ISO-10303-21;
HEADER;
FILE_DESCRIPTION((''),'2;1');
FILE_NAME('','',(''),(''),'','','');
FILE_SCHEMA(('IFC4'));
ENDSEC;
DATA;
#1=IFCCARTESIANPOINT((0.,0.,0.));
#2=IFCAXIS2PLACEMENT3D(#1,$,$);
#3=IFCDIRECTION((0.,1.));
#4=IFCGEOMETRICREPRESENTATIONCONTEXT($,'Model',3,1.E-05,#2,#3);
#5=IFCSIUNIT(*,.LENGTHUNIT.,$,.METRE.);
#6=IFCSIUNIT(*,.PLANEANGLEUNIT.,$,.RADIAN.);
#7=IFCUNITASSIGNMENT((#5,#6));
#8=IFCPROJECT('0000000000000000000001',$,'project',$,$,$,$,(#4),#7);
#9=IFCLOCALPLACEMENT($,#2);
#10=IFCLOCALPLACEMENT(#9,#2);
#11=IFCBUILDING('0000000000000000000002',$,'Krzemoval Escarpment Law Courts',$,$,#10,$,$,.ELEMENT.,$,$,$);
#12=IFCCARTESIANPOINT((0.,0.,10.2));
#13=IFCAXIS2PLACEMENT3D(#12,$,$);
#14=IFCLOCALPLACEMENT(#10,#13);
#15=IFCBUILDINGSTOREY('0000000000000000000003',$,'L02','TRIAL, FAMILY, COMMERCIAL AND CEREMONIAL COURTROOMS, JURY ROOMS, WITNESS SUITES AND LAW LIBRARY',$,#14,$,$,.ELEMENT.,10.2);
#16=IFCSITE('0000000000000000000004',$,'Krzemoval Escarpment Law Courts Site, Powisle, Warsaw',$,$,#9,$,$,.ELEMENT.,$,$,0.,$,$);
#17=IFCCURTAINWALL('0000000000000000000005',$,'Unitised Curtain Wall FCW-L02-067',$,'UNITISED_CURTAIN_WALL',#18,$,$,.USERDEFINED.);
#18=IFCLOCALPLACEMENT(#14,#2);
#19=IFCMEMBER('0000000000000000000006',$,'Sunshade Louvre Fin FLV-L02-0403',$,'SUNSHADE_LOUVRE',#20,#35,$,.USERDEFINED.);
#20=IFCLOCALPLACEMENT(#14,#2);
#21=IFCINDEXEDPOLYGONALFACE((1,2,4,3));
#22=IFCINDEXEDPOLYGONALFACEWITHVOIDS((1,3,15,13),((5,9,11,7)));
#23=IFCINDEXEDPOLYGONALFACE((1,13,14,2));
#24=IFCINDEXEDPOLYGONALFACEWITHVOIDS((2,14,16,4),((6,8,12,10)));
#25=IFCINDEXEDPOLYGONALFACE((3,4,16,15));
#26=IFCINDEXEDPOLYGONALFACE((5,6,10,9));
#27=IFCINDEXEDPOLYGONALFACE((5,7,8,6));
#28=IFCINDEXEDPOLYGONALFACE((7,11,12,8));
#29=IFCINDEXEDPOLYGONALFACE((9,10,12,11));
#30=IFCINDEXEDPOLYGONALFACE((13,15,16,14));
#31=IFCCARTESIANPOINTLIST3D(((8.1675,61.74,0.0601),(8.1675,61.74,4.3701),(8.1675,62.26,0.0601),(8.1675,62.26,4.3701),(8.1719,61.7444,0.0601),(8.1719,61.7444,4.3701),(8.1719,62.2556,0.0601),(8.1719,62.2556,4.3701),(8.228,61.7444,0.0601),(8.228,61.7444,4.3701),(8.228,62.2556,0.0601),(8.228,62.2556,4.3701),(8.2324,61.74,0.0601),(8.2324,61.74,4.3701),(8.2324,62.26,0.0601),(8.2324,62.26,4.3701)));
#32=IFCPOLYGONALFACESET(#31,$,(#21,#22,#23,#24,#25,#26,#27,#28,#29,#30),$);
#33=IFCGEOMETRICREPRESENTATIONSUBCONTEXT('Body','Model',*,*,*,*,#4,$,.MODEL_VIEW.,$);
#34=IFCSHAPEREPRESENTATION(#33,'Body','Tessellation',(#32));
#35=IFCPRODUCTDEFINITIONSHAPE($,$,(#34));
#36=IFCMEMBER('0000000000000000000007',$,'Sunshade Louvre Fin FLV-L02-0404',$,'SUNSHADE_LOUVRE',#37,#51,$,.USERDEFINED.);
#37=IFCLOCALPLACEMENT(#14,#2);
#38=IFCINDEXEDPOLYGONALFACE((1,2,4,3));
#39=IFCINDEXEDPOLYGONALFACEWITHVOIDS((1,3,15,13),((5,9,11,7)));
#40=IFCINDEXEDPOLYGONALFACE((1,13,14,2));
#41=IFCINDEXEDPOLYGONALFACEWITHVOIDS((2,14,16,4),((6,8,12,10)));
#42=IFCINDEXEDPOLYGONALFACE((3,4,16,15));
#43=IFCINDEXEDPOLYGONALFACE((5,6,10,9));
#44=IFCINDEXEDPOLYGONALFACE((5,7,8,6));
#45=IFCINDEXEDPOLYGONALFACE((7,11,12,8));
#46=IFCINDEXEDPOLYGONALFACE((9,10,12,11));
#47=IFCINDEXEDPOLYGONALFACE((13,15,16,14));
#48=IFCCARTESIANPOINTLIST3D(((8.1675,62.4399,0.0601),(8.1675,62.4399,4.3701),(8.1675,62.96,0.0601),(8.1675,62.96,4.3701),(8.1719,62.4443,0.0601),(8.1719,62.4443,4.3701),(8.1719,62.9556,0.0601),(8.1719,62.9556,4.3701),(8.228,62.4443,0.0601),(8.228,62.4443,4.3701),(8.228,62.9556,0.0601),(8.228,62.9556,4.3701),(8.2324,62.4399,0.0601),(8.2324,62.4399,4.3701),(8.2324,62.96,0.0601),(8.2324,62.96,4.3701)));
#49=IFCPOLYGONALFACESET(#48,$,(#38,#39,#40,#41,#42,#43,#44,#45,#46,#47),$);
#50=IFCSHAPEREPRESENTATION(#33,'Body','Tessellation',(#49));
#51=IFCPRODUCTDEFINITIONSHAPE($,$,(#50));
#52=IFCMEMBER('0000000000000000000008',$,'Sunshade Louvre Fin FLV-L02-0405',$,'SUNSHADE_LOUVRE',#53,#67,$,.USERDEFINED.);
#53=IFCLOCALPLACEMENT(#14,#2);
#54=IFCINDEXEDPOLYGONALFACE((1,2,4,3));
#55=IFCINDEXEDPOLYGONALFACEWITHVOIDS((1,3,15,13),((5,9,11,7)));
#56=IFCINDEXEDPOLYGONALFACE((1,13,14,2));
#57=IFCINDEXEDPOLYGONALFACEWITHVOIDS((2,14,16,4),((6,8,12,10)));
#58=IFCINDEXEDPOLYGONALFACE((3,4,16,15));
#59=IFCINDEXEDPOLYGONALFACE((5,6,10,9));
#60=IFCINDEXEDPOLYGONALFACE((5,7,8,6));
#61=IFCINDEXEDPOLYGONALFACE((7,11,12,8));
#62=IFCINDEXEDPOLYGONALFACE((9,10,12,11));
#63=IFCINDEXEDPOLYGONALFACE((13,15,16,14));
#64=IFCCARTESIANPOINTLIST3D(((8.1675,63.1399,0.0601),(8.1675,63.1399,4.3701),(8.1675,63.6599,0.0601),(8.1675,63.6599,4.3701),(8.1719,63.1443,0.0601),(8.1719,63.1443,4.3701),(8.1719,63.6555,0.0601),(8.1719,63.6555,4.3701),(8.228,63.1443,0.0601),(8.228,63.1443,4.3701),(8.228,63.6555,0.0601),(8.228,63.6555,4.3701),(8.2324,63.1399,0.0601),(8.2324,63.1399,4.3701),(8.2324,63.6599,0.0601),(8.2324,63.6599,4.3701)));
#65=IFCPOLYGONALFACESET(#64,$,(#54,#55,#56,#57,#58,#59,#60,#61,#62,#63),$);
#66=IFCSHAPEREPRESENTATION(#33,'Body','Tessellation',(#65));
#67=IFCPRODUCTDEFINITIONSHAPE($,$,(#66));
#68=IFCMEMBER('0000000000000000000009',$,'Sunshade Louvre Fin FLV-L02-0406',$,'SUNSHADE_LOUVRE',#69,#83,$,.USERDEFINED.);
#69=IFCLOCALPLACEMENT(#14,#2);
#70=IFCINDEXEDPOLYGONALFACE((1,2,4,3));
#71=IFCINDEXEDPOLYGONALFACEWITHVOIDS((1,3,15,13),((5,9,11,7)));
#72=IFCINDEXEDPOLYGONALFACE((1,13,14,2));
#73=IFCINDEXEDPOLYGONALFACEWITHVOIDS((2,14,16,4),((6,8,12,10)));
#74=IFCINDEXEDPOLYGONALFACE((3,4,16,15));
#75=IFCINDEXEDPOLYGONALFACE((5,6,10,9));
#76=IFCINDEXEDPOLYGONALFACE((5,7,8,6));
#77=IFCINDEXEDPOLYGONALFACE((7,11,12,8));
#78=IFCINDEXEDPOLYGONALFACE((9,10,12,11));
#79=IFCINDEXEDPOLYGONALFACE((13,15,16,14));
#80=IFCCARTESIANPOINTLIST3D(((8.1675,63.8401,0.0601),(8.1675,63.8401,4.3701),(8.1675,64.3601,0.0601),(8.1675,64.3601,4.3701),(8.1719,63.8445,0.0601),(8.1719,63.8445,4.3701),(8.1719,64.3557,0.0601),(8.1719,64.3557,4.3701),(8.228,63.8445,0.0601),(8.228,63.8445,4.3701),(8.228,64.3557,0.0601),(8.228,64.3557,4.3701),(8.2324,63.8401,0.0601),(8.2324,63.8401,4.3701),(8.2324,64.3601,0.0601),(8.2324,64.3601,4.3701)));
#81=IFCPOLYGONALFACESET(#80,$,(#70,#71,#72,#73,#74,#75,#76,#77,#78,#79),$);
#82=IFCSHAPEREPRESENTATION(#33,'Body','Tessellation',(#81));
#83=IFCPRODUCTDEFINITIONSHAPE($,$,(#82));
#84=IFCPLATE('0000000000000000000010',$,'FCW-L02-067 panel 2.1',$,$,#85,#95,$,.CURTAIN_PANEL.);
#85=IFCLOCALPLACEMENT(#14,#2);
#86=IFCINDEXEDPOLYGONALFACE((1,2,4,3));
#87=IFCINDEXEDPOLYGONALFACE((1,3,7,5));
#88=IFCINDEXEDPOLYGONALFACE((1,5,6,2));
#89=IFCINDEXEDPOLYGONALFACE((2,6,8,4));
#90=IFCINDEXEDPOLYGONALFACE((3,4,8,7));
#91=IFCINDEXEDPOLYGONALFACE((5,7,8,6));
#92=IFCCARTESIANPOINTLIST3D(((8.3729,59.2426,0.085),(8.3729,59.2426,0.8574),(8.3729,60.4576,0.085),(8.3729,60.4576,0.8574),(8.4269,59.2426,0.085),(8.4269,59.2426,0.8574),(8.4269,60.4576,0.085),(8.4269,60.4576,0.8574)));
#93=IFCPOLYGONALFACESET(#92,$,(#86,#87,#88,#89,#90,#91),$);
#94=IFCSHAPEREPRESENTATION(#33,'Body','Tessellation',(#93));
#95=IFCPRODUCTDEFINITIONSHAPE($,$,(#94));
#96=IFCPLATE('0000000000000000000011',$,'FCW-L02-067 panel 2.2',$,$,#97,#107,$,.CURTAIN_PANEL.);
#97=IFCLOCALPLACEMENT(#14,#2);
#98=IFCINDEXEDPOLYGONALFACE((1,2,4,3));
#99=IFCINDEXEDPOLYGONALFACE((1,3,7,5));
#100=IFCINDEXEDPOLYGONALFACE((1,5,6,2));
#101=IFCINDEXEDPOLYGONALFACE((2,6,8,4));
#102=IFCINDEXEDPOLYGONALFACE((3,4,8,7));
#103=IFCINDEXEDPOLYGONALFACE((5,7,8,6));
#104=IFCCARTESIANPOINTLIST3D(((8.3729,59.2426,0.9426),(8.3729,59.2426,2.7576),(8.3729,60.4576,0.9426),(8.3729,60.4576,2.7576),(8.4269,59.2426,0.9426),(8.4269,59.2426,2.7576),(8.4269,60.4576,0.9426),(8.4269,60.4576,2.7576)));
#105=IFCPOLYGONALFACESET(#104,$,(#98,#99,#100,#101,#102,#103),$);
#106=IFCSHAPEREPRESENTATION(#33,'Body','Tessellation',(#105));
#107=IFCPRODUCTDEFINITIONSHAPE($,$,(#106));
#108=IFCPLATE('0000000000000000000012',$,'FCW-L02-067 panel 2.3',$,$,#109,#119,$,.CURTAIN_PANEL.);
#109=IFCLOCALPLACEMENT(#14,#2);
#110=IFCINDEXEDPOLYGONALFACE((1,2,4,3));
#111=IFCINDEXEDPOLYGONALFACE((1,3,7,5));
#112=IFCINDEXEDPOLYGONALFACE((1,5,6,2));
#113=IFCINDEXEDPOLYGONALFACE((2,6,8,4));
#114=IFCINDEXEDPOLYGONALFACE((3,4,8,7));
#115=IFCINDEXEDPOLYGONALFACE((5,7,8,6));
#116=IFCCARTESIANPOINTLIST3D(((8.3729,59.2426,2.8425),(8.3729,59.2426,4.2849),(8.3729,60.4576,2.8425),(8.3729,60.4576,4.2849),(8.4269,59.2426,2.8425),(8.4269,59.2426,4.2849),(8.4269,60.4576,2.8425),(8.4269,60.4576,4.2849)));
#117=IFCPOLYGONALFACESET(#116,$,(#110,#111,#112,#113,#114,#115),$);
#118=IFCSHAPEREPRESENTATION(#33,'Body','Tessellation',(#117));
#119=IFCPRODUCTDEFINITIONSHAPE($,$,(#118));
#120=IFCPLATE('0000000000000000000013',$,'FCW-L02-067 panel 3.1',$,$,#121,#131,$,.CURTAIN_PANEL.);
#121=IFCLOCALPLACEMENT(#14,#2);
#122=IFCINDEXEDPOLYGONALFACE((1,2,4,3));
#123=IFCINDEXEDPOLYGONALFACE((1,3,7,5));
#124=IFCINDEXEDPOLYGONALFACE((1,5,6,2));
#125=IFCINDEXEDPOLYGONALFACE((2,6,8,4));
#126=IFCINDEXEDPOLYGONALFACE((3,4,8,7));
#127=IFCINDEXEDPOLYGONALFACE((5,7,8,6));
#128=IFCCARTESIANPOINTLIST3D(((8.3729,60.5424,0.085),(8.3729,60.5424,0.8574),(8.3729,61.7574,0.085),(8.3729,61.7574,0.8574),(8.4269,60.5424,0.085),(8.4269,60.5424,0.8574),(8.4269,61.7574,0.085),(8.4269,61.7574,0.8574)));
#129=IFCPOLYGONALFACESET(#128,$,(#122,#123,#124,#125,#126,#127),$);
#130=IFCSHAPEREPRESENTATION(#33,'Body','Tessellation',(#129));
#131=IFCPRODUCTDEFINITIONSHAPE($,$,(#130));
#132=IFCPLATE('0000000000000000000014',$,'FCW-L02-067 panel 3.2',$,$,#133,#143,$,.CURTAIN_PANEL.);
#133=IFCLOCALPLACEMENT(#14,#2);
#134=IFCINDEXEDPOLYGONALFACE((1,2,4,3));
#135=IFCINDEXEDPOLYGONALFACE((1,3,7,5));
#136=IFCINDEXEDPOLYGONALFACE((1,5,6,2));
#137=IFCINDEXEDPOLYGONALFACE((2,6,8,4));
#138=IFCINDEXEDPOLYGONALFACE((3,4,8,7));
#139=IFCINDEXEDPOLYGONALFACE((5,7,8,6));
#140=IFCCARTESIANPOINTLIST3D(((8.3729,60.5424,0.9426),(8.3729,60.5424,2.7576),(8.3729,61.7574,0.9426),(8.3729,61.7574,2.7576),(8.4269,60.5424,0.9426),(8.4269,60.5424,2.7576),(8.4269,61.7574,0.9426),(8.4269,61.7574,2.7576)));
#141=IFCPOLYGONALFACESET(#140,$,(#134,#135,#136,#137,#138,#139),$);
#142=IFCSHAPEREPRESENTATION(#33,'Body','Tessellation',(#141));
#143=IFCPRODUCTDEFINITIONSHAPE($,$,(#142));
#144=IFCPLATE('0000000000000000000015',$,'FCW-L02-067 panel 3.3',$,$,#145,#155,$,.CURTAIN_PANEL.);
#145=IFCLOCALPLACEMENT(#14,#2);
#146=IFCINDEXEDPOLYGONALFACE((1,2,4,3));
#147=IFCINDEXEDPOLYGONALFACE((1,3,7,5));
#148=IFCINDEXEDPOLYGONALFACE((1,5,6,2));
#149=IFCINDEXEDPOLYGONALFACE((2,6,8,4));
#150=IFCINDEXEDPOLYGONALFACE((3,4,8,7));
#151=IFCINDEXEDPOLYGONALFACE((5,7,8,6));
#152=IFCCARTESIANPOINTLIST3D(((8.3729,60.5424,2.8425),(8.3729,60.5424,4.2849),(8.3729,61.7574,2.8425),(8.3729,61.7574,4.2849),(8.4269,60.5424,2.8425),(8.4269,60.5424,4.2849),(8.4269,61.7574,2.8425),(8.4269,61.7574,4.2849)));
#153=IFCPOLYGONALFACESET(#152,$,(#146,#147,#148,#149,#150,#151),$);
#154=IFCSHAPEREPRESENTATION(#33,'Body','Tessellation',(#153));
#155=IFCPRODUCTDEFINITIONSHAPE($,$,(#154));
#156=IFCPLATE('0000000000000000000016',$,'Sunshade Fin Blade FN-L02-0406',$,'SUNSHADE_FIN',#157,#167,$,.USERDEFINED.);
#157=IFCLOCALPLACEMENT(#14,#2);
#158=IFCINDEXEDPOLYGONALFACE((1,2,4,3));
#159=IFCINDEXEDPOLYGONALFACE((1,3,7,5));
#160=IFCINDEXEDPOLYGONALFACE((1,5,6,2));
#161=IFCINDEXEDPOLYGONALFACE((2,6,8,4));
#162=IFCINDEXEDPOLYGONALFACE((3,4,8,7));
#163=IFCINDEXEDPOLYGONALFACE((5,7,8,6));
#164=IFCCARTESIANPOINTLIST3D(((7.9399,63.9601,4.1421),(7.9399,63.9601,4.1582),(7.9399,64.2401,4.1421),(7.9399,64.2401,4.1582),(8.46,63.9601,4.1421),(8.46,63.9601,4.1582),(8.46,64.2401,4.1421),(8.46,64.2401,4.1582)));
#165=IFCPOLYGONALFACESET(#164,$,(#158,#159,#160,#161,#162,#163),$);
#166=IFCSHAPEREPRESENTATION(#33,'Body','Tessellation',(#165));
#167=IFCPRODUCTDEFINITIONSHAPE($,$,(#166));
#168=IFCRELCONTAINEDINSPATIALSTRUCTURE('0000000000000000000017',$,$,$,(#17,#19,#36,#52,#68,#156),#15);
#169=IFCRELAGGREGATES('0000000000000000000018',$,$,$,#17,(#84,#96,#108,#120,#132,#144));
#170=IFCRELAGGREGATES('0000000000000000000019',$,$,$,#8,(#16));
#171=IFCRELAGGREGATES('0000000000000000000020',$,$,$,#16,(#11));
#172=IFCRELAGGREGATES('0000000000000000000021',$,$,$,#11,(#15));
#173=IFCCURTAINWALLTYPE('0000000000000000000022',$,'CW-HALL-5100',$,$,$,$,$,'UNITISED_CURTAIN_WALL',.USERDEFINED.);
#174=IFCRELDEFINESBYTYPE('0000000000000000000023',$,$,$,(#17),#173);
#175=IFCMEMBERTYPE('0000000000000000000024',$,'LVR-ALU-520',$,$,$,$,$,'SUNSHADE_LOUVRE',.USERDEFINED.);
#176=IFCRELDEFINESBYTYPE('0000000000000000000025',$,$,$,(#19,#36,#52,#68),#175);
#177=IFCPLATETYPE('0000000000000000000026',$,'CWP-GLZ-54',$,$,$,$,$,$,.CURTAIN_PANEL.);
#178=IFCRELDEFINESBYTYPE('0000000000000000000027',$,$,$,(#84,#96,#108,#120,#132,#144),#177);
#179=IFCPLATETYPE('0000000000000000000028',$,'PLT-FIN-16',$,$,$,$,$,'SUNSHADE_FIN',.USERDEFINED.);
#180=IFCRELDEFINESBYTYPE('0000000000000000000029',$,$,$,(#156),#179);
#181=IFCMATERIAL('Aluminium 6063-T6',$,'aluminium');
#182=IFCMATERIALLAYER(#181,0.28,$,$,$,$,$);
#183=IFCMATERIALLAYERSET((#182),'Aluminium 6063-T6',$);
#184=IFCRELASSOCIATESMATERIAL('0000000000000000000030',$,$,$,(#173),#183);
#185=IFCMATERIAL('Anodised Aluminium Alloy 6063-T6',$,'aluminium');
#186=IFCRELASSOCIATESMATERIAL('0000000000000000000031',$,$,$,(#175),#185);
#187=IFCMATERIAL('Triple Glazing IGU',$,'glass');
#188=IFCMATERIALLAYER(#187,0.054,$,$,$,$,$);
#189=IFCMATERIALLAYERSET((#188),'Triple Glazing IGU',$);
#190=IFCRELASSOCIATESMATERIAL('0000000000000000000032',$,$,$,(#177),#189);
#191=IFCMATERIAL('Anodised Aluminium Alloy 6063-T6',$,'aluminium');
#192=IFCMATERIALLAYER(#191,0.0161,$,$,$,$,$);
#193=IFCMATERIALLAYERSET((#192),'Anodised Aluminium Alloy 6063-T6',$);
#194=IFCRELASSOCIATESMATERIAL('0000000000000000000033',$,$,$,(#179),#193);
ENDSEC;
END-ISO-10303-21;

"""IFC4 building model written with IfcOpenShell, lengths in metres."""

from ifc_helpers import new_model, si_unit, direction, frame, origin, origin_2d, place, context, subcontext, project, spatial, rectangle, hollow_rectangle, extrude, material, layer, layer_set, material_profile, profile_set, type_object, element, aggregate, save


model = new_model("IFC4")

# Units and contexts
model_context = context("Model", 3, precision=1e-05, world=origin(), true_north=direction((0.0, 1.0)))
body_context = subcontext(model_context, "Body", "Model", "MODEL_VIEW")
ifc_project = project(units=[si_unit("LENGTHUNIT", "METRE"), si_unit("PLANEANGLEUNIT", "RADIAN")], contexts=[model_context])

# Site, building, storey
site_placement = place(None, origin())
site = spatial("IfcSite", under=ifc_project, at=site_placement, Name="Krzemoval Escarpment Law Courts Site, Powisle, Warsaw", CompositionType="ELEMENT", RefElevation=0.0)
building_placement = place(site_placement, origin())
building = spatial("IfcBuilding", under=site, at=building_placement, Name="Krzemoval Escarpment Law Courts", CompositionType="ELEMENT")
storey_placement = place(building_placement, frame((0.0, 0.0, 10.2)))
storey = spatial("IfcBuildingStorey", under=building, at=storey_placement, Name="L02", Description="TRIAL, FAMILY, COMMERCIAL AND CEREMONIAL COURTROOMS, JURY ROOMS, WITNESS SUITES AND LAW LIBRARY", CompositionType="ELEMENT", Elevation=10.2)

# Curtain wall
ifc_material_1 = material(Name="Aluminium 6063-T6", Category="aluminium")
ifc_layer_1 = layer(ifc_material_1, 0.28)
ifc_layer_set_1 = layer_set([ifc_layer_1], Name="Aluminium 6063-T6")
curtain_wall_type = type_object("IfcCurtainWallType", Name="CW-HALL-5100", ElementType="UNITISED_CURTAIN_WALL", PredefinedType="USERDEFINED", material=ifc_layer_set_1)
curtain_wall_placement = place(storey_placement, origin())
curtain_wall = element("IfcCurtainWall", 1, at=curtain_wall_placement, inside=storey, type_object=curtain_wall_type, Name="Unitised Curtain Wall FCW-L02-067", ObjectType="UNITISED_CURTAIN_WALL", PredefinedType="USERDEFINED")

# Members
ifc_material_2 = material(Name="Anodised Aluminium Alloy 6063-T6", Category="aluminium")
ifc_material_profile_1 = material_profile(ifc_material_2, hollow_rectangle(XDim=0.0649, YDim=0.52, WallThickness=0.0044, at=origin_2d()), Name="ALU LVR 65x520")
ifc_profile_set_1 = profile_set([ifc_material_profile_1], Name="Anodised Aluminium Alloy 6063-T6")
member_type_1 = type_object("IfcMemberType", Name="LVR-ALU-520", ElementType="SUNSHADE_LOUVRE", PredefinedType="USERDEFINED", material=ifc_profile_set_1)
for number, where, z_axis, x_axis, name in (
    (2, (8.2, 62.0, 0.0601), (0.0, 0.0, 1.0), (1.0, 0.0, 0.0), "Sunshade Louvre Fin FLV-L02-0403"),
    (3, (8.2, 62.7, 0.0601), (0.0, 0.0, 1.0), (1.0, 0.0, 0.0), "Sunshade Louvre Fin FLV-L02-0404"),
    (4, (8.2, 63.3999, 0.0601), (0.0, 0.0, 1.0), (1.0, 0.0, 0.0), "Sunshade Louvre Fin FLV-L02-0405"),
    (5, (8.2, 64.1001, 0.0601), (0.0, 0.0, 1.0), (1.0, 0.0, 0.0), "Sunshade Louvre Fin FLV-L02-0406"),
):
    element("IfcMember", number, at=place(storey_placement, frame(where, z_axis=z_axis, x_axis=x_axis)), inside=storey, type_object=member_type_1, Name=name, ObjectType="SUNSHADE_LOUVRE", PredefinedType="USERDEFINED", context=body_context, shape_type="SweptSolid", body=[
        extrude(hollow_rectangle(XDim=0.0649, YDim=0.52, WallThickness=0.0044, at=origin_2d()), origin(), (0.0, 0.0, 1.0), 4.3101),
    ])

# Plates
ifc_material_3 = material(Name="Triple Glazing IGU", Category="glass")
ifc_layer_2 = layer(ifc_material_3, 0.054)
ifc_layer_set_2 = layer_set([ifc_layer_2], Name="Triple Glazing IGU")
plate_type_1 = type_object("IfcPlateType", Name="CWP-GLZ-54", PredefinedType="CURTAIN_PANEL", material=ifc_layer_set_2)
plate_1_placement = place(storey_placement, frame((8.3999, 59.8501, 0.085), z_axis=(0.0, 0.0, 1.0), x_axis=(0.0, 1.0, 0.0)))
plate_1 = element("IfcPlate", 6, at=plate_1_placement, type_object=plate_type_1, Name="FCW-L02-067 panel 2.1", PredefinedType="CURTAIN_PANEL", context=body_context, shape_type="SweptSolid", body=[
    extrude(rectangle(XDim=1.2151, YDim=0.054, at=origin_2d()), origin(), (0.0, 0.0, 1.0), 0.7725),
])
plate_2_placement = place(storey_placement, frame((8.3999, 59.8501, 0.9426), z_axis=(0.0, 0.0, 1.0), x_axis=(0.0, 1.0, 0.0)))
plate_2 = element("IfcPlate", 7, at=plate_2_placement, type_object=plate_type_1, Name="FCW-L02-067 panel 2.2", PredefinedType="CURTAIN_PANEL", context=body_context, shape_type="SweptSolid", body=[
    extrude(rectangle(XDim=1.2151, YDim=0.054, at=origin_2d()), origin(), (0.0, 0.0, 1.0), 1.8149),
])
plate_3_placement = place(storey_placement, frame((8.3999, 59.8501, 2.8425), z_axis=(0.0, 0.0, 1.0), x_axis=(0.0, 1.0, 0.0)))
plate_3 = element("IfcPlate", 8, at=plate_3_placement, type_object=plate_type_1, Name="FCW-L02-067 panel 2.3", PredefinedType="CURTAIN_PANEL", context=body_context, shape_type="SweptSolid", body=[
    extrude(rectangle(XDim=1.2151, YDim=0.054, at=origin_2d()), origin(), (0.0, 0.0, 1.0), 1.4424),
])
plate_4_placement = place(storey_placement, frame((8.3999, 61.1499, 0.085), z_axis=(0.0, 0.0, 1.0), x_axis=(0.0, 1.0, 0.0)))
plate_4 = element("IfcPlate", 9, at=plate_4_placement, type_object=plate_type_1, Name="FCW-L02-067 panel 3.1", PredefinedType="CURTAIN_PANEL", context=body_context, shape_type="SweptSolid", body=[
    extrude(rectangle(XDim=1.2151, YDim=0.054, at=origin_2d()), origin(), (0.0, 0.0, 1.0), 0.7725),
])
plate_5_placement = place(storey_placement, frame((8.3999, 61.1499, 0.9426), z_axis=(0.0, 0.0, 1.0), x_axis=(0.0, 1.0, 0.0)))
plate_5 = element("IfcPlate", 10, at=plate_5_placement, type_object=plate_type_1, Name="FCW-L02-067 panel 3.2", PredefinedType="CURTAIN_PANEL", context=body_context, shape_type="SweptSolid", body=[
    extrude(rectangle(XDim=1.2151, YDim=0.054, at=origin_2d()), origin(), (0.0, 0.0, 1.0), 1.8149),
])
plate_6_placement = place(storey_placement, frame((8.3999, 61.1499, 2.8425), z_axis=(0.0, 0.0, 1.0), x_axis=(0.0, 1.0, 0.0)))
plate_6 = element("IfcPlate", 11, at=plate_6_placement, type_object=plate_type_1, Name="FCW-L02-067 panel 3.3", PredefinedType="CURTAIN_PANEL", context=body_context, shape_type="SweptSolid", body=[
    extrude(rectangle(XDim=1.2151, YDim=0.054, at=origin_2d()), origin(), (0.0, 0.0, 1.0), 1.4424),
])
aggregate(curtain_wall, [plate_1, plate_2, plate_3, plate_4, plate_5, plate_6])
ifc_material_4 = material(Name="Anodised Aluminium Alloy 6063-T6", Category="aluminium")
ifc_layer_3 = layer(ifc_material_4, 0.0161)
ifc_layer_set_3 = layer_set([ifc_layer_3], Name="Anodised Aluminium Alloy 6063-T6")
plate_type_2 = type_object("IfcPlateType", Name="PLT-FIN-16", ElementType="SUNSHADE_FIN", PredefinedType="USERDEFINED", material=ifc_layer_set_3)
plate_7_placement = place(storey_placement, frame((8.2, 64.1001, 4.1421), z_axis=(0.0, 0.0, 1.0), x_axis=(-1.0, 0.0, 0.0)))
element("IfcPlate", 12, at=plate_7_placement, inside=storey, type_object=plate_type_2, Name="Sunshade Fin Blade FN-L02-0406", ObjectType="SUNSHADE_FIN", PredefinedType="USERDEFINED", context=body_context, shape_type="SweptSolid", body=[
    extrude(rectangle(XDim=0.52, YDim=0.28, at=origin_2d()), origin(), (0.0, 0.0, 1.0), 0.0161),
])

save(model, "model.ifc")
